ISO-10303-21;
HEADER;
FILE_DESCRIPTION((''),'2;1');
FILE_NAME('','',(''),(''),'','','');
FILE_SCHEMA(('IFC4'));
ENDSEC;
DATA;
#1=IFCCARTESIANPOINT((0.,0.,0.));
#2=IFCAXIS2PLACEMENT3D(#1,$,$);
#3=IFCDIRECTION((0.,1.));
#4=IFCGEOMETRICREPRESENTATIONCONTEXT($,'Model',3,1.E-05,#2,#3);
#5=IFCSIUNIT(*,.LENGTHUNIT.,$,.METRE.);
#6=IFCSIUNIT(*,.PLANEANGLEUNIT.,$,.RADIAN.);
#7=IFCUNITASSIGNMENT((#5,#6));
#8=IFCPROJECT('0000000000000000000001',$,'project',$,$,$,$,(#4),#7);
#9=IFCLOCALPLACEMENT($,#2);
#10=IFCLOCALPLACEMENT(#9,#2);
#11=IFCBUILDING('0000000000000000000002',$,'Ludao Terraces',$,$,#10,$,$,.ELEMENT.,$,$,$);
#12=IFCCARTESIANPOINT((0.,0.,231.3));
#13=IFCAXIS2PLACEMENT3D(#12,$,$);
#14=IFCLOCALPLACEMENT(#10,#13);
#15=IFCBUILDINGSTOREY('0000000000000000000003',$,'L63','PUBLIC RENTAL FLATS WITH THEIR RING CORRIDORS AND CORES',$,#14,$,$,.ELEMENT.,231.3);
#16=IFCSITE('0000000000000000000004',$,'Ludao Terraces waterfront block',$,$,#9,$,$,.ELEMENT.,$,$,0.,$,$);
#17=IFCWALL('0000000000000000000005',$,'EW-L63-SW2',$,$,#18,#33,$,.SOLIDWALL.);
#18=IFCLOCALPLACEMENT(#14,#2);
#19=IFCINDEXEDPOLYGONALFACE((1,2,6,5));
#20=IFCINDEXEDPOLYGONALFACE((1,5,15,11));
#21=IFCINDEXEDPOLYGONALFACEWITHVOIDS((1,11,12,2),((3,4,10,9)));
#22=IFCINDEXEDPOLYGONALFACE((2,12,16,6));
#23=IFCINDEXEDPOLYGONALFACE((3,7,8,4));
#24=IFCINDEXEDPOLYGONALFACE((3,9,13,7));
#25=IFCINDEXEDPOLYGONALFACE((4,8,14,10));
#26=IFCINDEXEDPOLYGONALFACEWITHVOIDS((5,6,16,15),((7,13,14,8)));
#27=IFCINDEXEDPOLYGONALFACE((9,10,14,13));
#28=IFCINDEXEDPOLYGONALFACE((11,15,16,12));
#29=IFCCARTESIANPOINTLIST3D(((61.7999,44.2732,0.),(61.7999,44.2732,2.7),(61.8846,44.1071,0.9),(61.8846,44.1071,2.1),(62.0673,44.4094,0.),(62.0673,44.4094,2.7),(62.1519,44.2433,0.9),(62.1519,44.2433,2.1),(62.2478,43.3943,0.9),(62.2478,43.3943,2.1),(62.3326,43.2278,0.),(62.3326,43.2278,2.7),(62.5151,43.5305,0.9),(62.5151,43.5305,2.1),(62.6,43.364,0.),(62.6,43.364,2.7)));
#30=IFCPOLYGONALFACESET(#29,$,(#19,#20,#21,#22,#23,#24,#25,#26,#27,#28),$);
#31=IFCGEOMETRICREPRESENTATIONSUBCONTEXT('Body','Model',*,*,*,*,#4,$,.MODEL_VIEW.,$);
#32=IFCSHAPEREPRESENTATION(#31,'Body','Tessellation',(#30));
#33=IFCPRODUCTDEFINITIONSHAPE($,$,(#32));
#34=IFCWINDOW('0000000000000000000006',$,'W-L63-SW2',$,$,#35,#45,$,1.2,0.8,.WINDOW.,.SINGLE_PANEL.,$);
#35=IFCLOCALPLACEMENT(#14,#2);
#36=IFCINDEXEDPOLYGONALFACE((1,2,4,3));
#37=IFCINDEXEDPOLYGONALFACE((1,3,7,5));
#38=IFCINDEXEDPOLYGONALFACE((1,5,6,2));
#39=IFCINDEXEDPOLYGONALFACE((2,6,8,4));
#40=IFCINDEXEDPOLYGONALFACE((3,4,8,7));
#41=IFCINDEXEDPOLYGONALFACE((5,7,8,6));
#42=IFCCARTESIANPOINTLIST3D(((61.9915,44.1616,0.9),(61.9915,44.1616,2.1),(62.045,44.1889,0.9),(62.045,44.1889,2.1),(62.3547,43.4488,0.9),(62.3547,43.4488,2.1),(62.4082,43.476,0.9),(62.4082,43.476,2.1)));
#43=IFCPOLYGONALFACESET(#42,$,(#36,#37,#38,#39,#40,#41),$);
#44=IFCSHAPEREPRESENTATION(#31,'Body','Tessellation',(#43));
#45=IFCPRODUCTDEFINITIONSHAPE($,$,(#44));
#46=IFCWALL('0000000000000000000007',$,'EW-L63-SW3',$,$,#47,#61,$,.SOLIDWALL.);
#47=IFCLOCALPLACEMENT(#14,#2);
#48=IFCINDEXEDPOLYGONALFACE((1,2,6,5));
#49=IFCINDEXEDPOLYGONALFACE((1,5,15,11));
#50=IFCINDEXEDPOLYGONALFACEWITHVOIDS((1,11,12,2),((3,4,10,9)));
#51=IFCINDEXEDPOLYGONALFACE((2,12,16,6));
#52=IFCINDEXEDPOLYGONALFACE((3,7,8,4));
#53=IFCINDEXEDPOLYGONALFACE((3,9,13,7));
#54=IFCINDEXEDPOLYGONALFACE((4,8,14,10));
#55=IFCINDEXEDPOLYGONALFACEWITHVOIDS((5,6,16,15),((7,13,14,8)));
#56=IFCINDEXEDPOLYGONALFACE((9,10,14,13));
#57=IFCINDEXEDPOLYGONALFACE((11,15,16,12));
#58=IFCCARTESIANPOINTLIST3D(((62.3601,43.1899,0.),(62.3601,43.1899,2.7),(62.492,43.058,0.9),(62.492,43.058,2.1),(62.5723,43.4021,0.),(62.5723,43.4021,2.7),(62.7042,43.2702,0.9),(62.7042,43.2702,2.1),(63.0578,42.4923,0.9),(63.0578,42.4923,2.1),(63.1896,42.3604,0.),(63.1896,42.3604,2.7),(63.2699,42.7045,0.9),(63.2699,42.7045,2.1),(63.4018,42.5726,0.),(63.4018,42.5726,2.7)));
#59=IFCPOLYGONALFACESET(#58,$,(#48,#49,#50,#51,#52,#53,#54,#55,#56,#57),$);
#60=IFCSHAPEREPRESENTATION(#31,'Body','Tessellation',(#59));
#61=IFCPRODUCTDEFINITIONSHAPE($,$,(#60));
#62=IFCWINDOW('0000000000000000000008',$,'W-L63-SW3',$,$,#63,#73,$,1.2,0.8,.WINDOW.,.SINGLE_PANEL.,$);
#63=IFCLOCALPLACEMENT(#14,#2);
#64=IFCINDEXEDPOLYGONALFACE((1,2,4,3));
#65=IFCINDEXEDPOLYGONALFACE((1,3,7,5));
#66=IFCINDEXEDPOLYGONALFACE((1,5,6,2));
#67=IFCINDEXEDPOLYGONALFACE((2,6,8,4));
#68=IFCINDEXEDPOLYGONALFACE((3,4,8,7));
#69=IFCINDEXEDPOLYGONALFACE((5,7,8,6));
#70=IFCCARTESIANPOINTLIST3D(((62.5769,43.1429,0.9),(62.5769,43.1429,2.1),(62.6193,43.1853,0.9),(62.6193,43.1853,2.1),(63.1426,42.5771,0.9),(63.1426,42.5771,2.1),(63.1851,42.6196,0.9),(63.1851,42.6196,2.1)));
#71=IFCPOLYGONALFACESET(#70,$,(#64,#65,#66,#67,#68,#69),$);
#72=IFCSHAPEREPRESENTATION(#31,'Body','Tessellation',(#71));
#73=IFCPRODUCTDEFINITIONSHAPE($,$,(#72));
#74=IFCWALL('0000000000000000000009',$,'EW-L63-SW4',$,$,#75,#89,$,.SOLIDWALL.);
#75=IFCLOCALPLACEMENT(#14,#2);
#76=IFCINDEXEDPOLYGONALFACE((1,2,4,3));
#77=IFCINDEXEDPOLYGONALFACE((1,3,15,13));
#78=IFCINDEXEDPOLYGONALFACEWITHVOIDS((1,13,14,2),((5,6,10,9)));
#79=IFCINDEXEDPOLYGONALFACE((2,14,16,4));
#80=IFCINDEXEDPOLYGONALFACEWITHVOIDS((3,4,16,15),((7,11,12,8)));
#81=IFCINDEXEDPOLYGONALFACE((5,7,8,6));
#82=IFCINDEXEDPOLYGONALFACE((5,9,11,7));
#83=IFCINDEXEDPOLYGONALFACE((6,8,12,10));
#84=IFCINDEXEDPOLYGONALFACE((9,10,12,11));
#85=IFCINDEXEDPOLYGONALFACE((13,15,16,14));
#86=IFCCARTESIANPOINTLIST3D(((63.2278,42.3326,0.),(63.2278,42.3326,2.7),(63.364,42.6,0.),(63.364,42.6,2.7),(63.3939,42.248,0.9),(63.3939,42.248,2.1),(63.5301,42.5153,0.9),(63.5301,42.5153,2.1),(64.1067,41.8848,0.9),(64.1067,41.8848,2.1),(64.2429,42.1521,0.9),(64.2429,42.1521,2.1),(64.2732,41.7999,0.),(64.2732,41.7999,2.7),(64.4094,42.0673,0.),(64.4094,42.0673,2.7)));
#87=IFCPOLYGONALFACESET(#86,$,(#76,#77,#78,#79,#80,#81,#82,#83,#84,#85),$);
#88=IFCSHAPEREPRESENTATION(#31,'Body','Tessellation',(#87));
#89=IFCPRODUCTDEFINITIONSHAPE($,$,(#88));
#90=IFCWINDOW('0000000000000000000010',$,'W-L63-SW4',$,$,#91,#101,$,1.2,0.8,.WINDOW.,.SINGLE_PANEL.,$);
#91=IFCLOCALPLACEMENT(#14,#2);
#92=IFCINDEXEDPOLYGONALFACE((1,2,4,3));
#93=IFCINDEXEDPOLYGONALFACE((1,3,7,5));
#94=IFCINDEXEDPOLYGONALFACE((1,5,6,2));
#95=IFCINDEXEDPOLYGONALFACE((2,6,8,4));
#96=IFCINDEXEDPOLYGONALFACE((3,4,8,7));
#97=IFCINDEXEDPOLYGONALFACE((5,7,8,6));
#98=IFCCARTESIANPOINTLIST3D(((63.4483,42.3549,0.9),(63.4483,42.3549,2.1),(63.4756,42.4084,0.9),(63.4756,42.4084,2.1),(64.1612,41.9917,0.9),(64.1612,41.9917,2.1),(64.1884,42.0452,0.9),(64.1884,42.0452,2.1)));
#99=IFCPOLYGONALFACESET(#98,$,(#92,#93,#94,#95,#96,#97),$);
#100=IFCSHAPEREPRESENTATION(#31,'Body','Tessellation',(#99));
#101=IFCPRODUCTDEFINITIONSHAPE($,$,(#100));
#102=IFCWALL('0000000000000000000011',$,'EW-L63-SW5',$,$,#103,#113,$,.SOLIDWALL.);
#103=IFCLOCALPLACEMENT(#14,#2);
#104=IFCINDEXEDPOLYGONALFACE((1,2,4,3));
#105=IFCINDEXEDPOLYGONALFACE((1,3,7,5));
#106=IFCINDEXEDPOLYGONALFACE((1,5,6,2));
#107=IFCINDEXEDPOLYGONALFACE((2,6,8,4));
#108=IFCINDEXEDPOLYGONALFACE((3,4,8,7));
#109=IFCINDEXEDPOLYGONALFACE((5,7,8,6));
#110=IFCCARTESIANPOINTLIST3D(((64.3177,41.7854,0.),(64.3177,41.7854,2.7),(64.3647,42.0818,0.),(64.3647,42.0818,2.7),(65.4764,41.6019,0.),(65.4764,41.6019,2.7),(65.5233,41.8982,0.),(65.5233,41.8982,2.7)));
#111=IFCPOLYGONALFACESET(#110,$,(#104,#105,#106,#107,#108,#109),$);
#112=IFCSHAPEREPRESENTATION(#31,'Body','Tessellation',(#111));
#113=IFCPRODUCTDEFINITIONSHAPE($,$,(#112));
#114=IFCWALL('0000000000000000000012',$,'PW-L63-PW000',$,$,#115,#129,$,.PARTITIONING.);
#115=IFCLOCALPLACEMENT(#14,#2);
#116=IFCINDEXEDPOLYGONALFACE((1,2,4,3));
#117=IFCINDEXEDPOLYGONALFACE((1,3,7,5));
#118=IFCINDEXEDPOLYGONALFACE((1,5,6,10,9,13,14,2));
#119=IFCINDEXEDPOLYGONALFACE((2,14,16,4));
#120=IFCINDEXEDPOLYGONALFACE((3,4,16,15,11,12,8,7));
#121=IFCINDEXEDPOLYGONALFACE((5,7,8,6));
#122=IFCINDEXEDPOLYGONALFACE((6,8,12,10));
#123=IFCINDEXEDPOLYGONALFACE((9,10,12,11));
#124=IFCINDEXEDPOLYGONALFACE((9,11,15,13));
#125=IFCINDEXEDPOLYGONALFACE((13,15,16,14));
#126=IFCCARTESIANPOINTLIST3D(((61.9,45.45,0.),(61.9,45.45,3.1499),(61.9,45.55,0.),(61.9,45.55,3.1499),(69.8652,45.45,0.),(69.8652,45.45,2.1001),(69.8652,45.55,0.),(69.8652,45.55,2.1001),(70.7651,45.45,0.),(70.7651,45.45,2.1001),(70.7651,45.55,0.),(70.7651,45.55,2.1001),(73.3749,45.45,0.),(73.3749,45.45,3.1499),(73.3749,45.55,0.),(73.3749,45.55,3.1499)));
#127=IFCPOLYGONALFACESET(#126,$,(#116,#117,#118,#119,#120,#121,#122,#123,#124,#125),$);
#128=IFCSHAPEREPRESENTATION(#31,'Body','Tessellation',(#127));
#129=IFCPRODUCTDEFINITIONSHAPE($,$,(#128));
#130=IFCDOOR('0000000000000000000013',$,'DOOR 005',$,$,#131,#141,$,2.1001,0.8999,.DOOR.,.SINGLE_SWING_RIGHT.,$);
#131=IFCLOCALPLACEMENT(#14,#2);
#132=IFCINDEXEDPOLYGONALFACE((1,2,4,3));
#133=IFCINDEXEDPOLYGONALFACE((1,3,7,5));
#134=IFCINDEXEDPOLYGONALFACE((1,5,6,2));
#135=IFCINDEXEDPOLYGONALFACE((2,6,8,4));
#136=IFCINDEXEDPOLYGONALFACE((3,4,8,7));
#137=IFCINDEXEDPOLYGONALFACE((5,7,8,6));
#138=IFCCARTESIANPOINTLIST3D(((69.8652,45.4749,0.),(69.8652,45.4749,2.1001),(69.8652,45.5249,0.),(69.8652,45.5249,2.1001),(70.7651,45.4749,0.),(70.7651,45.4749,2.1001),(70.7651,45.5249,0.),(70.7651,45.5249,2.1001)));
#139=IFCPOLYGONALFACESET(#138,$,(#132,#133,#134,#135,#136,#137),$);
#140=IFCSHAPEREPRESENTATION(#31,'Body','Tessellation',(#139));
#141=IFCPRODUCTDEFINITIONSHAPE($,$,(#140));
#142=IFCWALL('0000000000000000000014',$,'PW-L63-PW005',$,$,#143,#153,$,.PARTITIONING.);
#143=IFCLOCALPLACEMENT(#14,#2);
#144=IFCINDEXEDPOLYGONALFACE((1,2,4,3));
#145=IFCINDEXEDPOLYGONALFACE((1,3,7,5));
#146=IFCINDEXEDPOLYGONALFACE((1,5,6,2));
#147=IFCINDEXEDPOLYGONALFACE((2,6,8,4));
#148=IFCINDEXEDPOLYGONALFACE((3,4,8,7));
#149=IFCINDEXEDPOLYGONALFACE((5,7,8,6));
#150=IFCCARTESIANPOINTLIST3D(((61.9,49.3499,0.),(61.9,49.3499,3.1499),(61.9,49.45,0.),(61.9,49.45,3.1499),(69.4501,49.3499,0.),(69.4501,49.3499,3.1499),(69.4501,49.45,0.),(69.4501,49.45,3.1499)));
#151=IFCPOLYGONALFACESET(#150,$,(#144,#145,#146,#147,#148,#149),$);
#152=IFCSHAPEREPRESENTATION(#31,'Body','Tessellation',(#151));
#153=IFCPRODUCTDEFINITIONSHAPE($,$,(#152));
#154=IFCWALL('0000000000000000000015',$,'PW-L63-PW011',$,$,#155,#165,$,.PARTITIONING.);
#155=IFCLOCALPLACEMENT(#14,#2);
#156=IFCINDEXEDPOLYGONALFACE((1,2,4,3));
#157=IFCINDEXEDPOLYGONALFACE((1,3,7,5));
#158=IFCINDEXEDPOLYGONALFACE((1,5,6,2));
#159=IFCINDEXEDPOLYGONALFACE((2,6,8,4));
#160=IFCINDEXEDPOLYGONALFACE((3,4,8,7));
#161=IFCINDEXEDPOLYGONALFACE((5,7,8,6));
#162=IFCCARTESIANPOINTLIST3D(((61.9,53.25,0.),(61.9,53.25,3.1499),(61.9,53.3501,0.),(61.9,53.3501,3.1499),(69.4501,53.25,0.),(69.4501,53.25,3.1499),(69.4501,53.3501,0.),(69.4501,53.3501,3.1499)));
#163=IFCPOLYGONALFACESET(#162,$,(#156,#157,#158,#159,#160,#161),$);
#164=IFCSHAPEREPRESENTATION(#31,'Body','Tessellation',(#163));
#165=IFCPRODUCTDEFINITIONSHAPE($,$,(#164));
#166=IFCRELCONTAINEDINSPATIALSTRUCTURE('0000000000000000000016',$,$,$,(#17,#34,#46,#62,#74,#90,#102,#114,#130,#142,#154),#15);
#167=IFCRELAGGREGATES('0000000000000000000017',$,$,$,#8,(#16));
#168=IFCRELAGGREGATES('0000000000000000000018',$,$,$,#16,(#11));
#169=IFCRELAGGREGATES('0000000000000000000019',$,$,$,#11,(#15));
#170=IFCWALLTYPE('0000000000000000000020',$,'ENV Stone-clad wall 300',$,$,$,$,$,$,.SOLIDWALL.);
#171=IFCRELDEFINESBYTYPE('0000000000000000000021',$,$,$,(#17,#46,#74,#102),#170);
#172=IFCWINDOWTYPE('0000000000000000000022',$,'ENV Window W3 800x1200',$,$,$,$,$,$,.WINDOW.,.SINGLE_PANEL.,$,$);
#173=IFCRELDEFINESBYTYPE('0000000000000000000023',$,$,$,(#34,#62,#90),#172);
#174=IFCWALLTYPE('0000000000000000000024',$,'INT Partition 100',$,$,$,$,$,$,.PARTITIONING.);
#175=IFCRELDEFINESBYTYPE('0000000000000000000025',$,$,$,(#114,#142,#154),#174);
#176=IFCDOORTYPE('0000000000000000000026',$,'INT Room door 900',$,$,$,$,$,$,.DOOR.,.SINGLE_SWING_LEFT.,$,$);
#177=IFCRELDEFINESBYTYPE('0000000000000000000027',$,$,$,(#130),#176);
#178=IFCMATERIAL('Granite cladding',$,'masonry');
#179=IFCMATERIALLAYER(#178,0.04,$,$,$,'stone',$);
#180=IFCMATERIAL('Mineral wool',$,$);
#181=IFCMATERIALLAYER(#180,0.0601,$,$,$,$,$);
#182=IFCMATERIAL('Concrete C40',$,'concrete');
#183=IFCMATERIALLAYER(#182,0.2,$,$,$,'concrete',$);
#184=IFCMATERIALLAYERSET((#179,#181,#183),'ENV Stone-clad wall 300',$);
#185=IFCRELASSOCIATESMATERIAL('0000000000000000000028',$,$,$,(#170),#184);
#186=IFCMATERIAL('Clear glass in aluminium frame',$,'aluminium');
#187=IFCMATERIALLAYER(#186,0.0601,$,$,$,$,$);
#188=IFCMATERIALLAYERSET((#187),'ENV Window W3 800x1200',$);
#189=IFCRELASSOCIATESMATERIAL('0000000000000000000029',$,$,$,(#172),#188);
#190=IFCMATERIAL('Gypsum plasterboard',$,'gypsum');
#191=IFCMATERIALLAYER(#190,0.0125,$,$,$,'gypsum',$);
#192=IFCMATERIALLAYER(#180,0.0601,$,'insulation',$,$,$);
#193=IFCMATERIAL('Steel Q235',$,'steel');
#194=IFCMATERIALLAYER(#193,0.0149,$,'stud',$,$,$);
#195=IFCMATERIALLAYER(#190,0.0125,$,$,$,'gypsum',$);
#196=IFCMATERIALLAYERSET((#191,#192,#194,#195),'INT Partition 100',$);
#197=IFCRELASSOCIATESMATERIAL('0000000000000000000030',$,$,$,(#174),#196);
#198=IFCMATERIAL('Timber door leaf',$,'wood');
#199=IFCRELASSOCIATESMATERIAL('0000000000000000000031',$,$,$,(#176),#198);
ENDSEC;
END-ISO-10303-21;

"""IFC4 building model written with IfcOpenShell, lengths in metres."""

from ifc_helpers import new_model, si_unit, direction, frame, frame_2d, origin, place, context, subcontext, project, spatial, rectangle, extrude, material, layer, layer_set, type_object, element, fill, save


model = new_model("IFC4")

# Units and contexts
model_context = context("Model", 3, precision=1e-05, world=origin(), true_north=direction((0.0, 1.0)))
body_context = subcontext(model_context, "Body", "Model", "MODEL_VIEW")
ifc_project = project(units=[si_unit("LENGTHUNIT", "METRE"), si_unit("PLANEANGLEUNIT", "RADIAN")], contexts=[model_context])

# Site, building, storey
site_placement = place(None, origin())
site = spatial("IfcSite", under=ifc_project, at=site_placement, Name="Ludao Terraces waterfront block", CompositionType="ELEMENT", RefElevation=0.0)
building_placement = place(site_placement, origin())
building = spatial("IfcBuilding", under=site, at=building_placement, Name="Ludao Terraces", CompositionType="ELEMENT")
storey_placement = place(building_placement, frame((0.0, 0.0, 231.3)))
storey = spatial("IfcBuildingStorey", under=building, at=storey_placement, Name="L63", Description="PUBLIC RENTAL FLATS WITH THEIR RING CORRIDORS AND CORES", CompositionType="ELEMENT", Elevation=231.3)

# Shared definitions
ifc_material_1 = material(Name="Concrete C40", Category="concrete")

# Shared definitions
ifc_material_2 = material(Name="Granite cladding", Category="masonry")
ifc_layer_1 = layer(ifc_material_2, 0.04, Category="stone")
ifc_material_3 = material(Name="Mineral wool")
ifc_layer_2 = layer(ifc_material_3, 0.0601)
ifc_layer_3 = layer(ifc_material_1, 0.2, Category="concrete")
ifc_layer_set_1 = layer_set([ifc_layer_1, ifc_layer_2, ifc_layer_3], Name="ENV Stone-clad wall 300")
wall_type_1 = type_object("IfcWallType", Name="ENV Stone-clad wall 300", PredefinedType="SOLIDWALL", material=ifc_layer_set_1)
ifc_material_4 = material(Name="Clear glass in aluminium frame", Category="aluminium")

# Walls, openings, windows
wall_1_placement = place(storey_placement, frame((61.9336, 44.3413, 0.0), z_axis=(0.0, 0.0, 1.0), x_axis=(0.454026, -0.890989, 0.0)))
wall_1 = element("IfcWall", 1, at=wall_1_placement, inside=storey, type_object=wall_type_1, Name="EW-L63-SW2", PredefinedType="SOLIDWALL", context=body_context, shape_type="SweptSolid", body=[
    extrude(rectangle(XDim=1.1733, YDim=0.3, at=frame_2d((0.5867, 0.0))), origin(), (0.0, 0.0, 1.0), 2.7),
])
opening_1_placement = place(wall_1_placement, frame((0.1865, 0.0, 0.8999)))
opening_1 = element("IfcOpeningElement", 2, at=opening_1_placement, cuts=wall_1, PredefinedType="OPENING", context=body_context, shape_type="SweptSolid", body=[
    extrude(rectangle(XDim=0.8, YDim=1.2, at=frame_2d((0.3999, 0.6001))), frame((0.0, 0.1602, 0.0), z_axis=(0.0, -1.0, 0.0), x_axis=(1.0, 0.0, 0.0)), (0.0, 0.0, 1.0), 0.3201),
])
ifc_layer_4 = layer(ifc_material_4, 0.0601)
ifc_layer_set_2 = layer_set([ifc_layer_4], Name="ENV Window W3 800x1200")
window_type_1 = type_object("IfcWindowType", Name="ENV Window W3 800x1200", PartitioningType="SINGLE_PANEL", PredefinedType="WINDOW", material=ifc_layer_set_2)
window_1_placement = place(opening_1_placement, origin())
window_1 = element("IfcWindow", 3, at=window_1_placement, inside=storey, type_object=window_type_1, Name="W-L63-SW2", OverallHeight=1.2, OverallWidth=0.8, PartitioningType="SINGLE_PANEL", PredefinedType="WINDOW", context=body_context, shape_type="SweptSolid", body=[
    extrude(rectangle(XDim=0.8, YDim=1.2, at=frame_2d((0.3999, 0.6001))), frame((0.0, 0.03, 0.0), z_axis=(0.0, -1.0, 0.0), x_axis=(1.0, 0.0, 0.0)), (0.0, 0.0, 1.0), 0.0601),
])
fill(opening_1, window_1)
wall_2_placement = place(storey_placement, frame((62.4663, 43.2959, 0.0), z_axis=(0.0, 0.0, 1.0), x_axis=(0.707107, -0.707107, 0.0)))
wall_2 = element("IfcWall", 4, at=wall_2_placement, inside=storey, type_object=wall_type_1, Name="EW-L63-SW3", PredefinedType="SOLIDWALL", context=body_context, shape_type="SweptSolid", body=[
    extrude(rectangle(XDim=1.1731, YDim=0.3, at=frame_2d((0.5864, 0.0))), origin(), (0.0, 0.0, 1.0), 2.7),
])
opening_2_placement = place(wall_2_placement, frame((0.1865, 0.0, 0.8999)))
opening_2 = element("IfcOpeningElement", 5, at=opening_2_placement, cuts=wall_2, PredefinedType="OPENING", context=body_context, shape_type="SweptSolid", body=[
    extrude(rectangle(XDim=0.8, YDim=1.2, at=frame_2d((0.3999, 0.6001))), frame((0.0, 0.1602, 0.0), z_axis=(0.0, -1.0, 0.0), x_axis=(1.0, 0.0, 0.0)), (0.0, 0.0, 1.0), 0.3201),
])
window_2_placement = place(opening_2_placement, origin())
window_2 = element("IfcWindow", 6, at=window_2_placement, inside=storey, type_object=window_type_1, Name="W-L63-SW3", OverallHeight=1.2, OverallWidth=0.8, PartitioningType="SINGLE_PANEL", PredefinedType="WINDOW", context=body_context, shape_type="SweptSolid", body=[
    extrude(rectangle(XDim=0.8, YDim=1.2, at=frame_2d((0.3999, 0.6001))), frame((0.0, 0.03, 0.0), z_axis=(0.0, -1.0, 0.0), x_axis=(1.0, 0.0, 0.0)), (0.0, 0.0, 1.0), 0.0601),
])
fill(opening_2, window_2)
wall_3_placement = place(storey_placement, frame((63.2959, 42.4663, 0.0), z_axis=(0.0, 0.0, 1.0), x_axis=(0.890989, -0.454026, 0.0)))
wall_3 = element("IfcWall", 7, at=wall_3_placement, inside=storey, type_object=wall_type_1, Name="EW-L63-SW4", PredefinedType="SOLIDWALL", context=body_context, shape_type="SweptSolid", body=[
    extrude(rectangle(XDim=1.1733, YDim=0.3, at=frame_2d((0.5867, 0.0))), origin(), (0.0, 0.0, 1.0), 2.7),
])
opening_3_placement = place(wall_3_placement, frame((0.1865, 0.0, 0.8999)))
opening_3 = element("IfcOpeningElement", 8, at=opening_3_placement, cuts=wall_3, PredefinedType="OPENING", context=body_context, shape_type="SweptSolid", body=[
    extrude(rectangle(XDim=0.8, YDim=1.2, at=frame_2d((0.3999, 0.6001))), frame((0.0, 0.1602, 0.0), z_axis=(0.0, -1.0, 0.0), x_axis=(1.0, 0.0, 0.0)), (0.0, 0.0, 1.0), 0.3201),
])
window_3_placement = place(opening_3_placement, origin())
window_3 = element("IfcWindow", 9, at=window_3_placement, inside=storey, type_object=window_type_1, Name="W-L63-SW4", OverallHeight=1.2, OverallWidth=0.8, PartitioningType="SINGLE_PANEL", PredefinedType="WINDOW", context=body_context, shape_type="SweptSolid", body=[
    extrude(rectangle(XDim=0.8, YDim=1.2, at=frame_2d((0.3999, 0.6001))), frame((0.0, 0.03, 0.0), z_axis=(0.0, -1.0, 0.0), x_axis=(1.0, 0.0, 0.0)), (0.0, 0.0, 1.0), 0.0601),
])
fill(opening_3, window_3)

# Wall
wall_4_placement = place(storey_placement, frame((64.3413, 41.9336, 0.0), z_axis=(0.0, 0.0, 1.0), x_axis=(0.987678, -0.156497, 0.0)))
element("IfcWall", 10, at=wall_4_placement, inside=storey, type_object=wall_type_1, Name="EW-L63-SW5", PredefinedType="SOLIDWALL", context=body_context, shape_type="SweptSolid", body=[
    extrude(rectangle(XDim=1.1731, YDim=0.3, at=frame_2d((0.5864, 0.0))), origin(), (0.0, 0.0, 1.0), 2.7),
])

# Wall, opening, door
ifc_material_5 = material(Name="Gypsum plasterboard", Category="gypsum")
ifc_layer_5 = layer(ifc_material_5, 0.0125, Category="gypsum")
ifc_layer_6 = layer(ifc_material_3, 0.0601, Name="insulation")
ifc_material_6 = material(Name="Steel Q235", Category="steel")
ifc_layer_7 = layer(ifc_material_6, 0.0149, Name="stud")
ifc_layer_8 = layer(ifc_material_5, 0.0125, Category="gypsum")
ifc_layer_set_3 = layer_set([ifc_layer_5, ifc_layer_6, ifc_layer_7, ifc_layer_8], Name="INT Partition 100")
wall_type_2 = type_object("IfcWallType", Name="INT Partition 100", PredefinedType="PARTITIONING", material=ifc_layer_set_3)
wall_5_placement = place(storey_placement, frame((61.9001, 45.5, 0.0), z_axis=(0.0, 0.0, 1.0), x_axis=(1.0, 0.0, 0.0)))
wall_5 = element("IfcWall", 11, at=wall_5_placement, inside=storey, type_object=wall_type_2, Name="PW-L63-PW000", PredefinedType="PARTITIONING", context=body_context, shape_type="SweptSolid", body=[
    extrude(rectangle(XDim=11.4749, YDim=0.1001, at=frame_2d((5.7373, 0.0))), origin(), (0.0, 0.0, 1.0), 3.1499),
])
opening_4_placement = place(wall_5_placement, frame((7.9651, 0.0, 0.0)))
opening_4 = element("IfcOpeningElement", 12, at=opening_4_placement, cuts=wall_5, PredefinedType="OPENING", context=body_context, shape_type="SweptSolid", body=[
    extrude(rectangle(XDim=0.8999, YDim=2.1001, at=frame_2d((0.45, 1.05))), frame((0.0, 0.0601, 0.0), z_axis=(0.0, -1.0, 0.0), x_axis=(1.0, 0.0, 0.0)), (0.0, 0.0, 1.0), 0.1201),
])
ifc_material_7 = material(Name="Timber door leaf", Category="wood")
door_type_1 = type_object("IfcDoorType", Name="INT Room door 900", OperationType="SINGLE_SWING_LEFT", PredefinedType="DOOR", material=ifc_material_7)
door_1_placement = place(opening_4_placement, origin())
door_1 = element("IfcDoor", 13, at=door_1_placement, inside=storey, type_object=door_type_1, Name="DOOR 005", OperationType="SINGLE_SWING_RIGHT", OverallHeight=2.1001, OverallWidth=0.8999, PredefinedType="DOOR", context=body_context, shape_type="SweptSolid", body=[
    extrude(rectangle(XDim=0.8999, YDim=2.1001, at=frame_2d((0.45, 1.05))), frame((0.0, 0.0249, 0.0), z_axis=(0.0, -1.0, 0.0), x_axis=(1.0, 0.0, 0.0)), (0.0, 0.0, 1.0), 0.05),
])
fill(opening_4, door_1)

# Walls
for number, where, z_axis, x_axis, name in (
    (14, (61.9001, 49.3999, 0.0), (0.0, 0.0, 1.0), (1.0, 0.0, 0.0), "PW-L63-PW005"),
    (15, (61.9001, 53.3, 0.0), (0.0, 0.0, 1.0), (1.0, 0.0, 0.0), "PW-L63-PW011"),
):
    element("IfcWall", number, at=place(storey_placement, frame(where, z_axis=z_axis, x_axis=x_axis)), inside=storey, type_object=wall_type_2, Name=name, PredefinedType="PARTITIONING", context=body_context, shape_type="SweptSolid", body=[
        extrude(rectangle(XDim=7.55, YDim=0.1001, at=frame_2d((3.7749, 0.0))), origin(), (0.0, 0.0, 1.0), 3.1499),
    ])

save(model, "model.ifc")
